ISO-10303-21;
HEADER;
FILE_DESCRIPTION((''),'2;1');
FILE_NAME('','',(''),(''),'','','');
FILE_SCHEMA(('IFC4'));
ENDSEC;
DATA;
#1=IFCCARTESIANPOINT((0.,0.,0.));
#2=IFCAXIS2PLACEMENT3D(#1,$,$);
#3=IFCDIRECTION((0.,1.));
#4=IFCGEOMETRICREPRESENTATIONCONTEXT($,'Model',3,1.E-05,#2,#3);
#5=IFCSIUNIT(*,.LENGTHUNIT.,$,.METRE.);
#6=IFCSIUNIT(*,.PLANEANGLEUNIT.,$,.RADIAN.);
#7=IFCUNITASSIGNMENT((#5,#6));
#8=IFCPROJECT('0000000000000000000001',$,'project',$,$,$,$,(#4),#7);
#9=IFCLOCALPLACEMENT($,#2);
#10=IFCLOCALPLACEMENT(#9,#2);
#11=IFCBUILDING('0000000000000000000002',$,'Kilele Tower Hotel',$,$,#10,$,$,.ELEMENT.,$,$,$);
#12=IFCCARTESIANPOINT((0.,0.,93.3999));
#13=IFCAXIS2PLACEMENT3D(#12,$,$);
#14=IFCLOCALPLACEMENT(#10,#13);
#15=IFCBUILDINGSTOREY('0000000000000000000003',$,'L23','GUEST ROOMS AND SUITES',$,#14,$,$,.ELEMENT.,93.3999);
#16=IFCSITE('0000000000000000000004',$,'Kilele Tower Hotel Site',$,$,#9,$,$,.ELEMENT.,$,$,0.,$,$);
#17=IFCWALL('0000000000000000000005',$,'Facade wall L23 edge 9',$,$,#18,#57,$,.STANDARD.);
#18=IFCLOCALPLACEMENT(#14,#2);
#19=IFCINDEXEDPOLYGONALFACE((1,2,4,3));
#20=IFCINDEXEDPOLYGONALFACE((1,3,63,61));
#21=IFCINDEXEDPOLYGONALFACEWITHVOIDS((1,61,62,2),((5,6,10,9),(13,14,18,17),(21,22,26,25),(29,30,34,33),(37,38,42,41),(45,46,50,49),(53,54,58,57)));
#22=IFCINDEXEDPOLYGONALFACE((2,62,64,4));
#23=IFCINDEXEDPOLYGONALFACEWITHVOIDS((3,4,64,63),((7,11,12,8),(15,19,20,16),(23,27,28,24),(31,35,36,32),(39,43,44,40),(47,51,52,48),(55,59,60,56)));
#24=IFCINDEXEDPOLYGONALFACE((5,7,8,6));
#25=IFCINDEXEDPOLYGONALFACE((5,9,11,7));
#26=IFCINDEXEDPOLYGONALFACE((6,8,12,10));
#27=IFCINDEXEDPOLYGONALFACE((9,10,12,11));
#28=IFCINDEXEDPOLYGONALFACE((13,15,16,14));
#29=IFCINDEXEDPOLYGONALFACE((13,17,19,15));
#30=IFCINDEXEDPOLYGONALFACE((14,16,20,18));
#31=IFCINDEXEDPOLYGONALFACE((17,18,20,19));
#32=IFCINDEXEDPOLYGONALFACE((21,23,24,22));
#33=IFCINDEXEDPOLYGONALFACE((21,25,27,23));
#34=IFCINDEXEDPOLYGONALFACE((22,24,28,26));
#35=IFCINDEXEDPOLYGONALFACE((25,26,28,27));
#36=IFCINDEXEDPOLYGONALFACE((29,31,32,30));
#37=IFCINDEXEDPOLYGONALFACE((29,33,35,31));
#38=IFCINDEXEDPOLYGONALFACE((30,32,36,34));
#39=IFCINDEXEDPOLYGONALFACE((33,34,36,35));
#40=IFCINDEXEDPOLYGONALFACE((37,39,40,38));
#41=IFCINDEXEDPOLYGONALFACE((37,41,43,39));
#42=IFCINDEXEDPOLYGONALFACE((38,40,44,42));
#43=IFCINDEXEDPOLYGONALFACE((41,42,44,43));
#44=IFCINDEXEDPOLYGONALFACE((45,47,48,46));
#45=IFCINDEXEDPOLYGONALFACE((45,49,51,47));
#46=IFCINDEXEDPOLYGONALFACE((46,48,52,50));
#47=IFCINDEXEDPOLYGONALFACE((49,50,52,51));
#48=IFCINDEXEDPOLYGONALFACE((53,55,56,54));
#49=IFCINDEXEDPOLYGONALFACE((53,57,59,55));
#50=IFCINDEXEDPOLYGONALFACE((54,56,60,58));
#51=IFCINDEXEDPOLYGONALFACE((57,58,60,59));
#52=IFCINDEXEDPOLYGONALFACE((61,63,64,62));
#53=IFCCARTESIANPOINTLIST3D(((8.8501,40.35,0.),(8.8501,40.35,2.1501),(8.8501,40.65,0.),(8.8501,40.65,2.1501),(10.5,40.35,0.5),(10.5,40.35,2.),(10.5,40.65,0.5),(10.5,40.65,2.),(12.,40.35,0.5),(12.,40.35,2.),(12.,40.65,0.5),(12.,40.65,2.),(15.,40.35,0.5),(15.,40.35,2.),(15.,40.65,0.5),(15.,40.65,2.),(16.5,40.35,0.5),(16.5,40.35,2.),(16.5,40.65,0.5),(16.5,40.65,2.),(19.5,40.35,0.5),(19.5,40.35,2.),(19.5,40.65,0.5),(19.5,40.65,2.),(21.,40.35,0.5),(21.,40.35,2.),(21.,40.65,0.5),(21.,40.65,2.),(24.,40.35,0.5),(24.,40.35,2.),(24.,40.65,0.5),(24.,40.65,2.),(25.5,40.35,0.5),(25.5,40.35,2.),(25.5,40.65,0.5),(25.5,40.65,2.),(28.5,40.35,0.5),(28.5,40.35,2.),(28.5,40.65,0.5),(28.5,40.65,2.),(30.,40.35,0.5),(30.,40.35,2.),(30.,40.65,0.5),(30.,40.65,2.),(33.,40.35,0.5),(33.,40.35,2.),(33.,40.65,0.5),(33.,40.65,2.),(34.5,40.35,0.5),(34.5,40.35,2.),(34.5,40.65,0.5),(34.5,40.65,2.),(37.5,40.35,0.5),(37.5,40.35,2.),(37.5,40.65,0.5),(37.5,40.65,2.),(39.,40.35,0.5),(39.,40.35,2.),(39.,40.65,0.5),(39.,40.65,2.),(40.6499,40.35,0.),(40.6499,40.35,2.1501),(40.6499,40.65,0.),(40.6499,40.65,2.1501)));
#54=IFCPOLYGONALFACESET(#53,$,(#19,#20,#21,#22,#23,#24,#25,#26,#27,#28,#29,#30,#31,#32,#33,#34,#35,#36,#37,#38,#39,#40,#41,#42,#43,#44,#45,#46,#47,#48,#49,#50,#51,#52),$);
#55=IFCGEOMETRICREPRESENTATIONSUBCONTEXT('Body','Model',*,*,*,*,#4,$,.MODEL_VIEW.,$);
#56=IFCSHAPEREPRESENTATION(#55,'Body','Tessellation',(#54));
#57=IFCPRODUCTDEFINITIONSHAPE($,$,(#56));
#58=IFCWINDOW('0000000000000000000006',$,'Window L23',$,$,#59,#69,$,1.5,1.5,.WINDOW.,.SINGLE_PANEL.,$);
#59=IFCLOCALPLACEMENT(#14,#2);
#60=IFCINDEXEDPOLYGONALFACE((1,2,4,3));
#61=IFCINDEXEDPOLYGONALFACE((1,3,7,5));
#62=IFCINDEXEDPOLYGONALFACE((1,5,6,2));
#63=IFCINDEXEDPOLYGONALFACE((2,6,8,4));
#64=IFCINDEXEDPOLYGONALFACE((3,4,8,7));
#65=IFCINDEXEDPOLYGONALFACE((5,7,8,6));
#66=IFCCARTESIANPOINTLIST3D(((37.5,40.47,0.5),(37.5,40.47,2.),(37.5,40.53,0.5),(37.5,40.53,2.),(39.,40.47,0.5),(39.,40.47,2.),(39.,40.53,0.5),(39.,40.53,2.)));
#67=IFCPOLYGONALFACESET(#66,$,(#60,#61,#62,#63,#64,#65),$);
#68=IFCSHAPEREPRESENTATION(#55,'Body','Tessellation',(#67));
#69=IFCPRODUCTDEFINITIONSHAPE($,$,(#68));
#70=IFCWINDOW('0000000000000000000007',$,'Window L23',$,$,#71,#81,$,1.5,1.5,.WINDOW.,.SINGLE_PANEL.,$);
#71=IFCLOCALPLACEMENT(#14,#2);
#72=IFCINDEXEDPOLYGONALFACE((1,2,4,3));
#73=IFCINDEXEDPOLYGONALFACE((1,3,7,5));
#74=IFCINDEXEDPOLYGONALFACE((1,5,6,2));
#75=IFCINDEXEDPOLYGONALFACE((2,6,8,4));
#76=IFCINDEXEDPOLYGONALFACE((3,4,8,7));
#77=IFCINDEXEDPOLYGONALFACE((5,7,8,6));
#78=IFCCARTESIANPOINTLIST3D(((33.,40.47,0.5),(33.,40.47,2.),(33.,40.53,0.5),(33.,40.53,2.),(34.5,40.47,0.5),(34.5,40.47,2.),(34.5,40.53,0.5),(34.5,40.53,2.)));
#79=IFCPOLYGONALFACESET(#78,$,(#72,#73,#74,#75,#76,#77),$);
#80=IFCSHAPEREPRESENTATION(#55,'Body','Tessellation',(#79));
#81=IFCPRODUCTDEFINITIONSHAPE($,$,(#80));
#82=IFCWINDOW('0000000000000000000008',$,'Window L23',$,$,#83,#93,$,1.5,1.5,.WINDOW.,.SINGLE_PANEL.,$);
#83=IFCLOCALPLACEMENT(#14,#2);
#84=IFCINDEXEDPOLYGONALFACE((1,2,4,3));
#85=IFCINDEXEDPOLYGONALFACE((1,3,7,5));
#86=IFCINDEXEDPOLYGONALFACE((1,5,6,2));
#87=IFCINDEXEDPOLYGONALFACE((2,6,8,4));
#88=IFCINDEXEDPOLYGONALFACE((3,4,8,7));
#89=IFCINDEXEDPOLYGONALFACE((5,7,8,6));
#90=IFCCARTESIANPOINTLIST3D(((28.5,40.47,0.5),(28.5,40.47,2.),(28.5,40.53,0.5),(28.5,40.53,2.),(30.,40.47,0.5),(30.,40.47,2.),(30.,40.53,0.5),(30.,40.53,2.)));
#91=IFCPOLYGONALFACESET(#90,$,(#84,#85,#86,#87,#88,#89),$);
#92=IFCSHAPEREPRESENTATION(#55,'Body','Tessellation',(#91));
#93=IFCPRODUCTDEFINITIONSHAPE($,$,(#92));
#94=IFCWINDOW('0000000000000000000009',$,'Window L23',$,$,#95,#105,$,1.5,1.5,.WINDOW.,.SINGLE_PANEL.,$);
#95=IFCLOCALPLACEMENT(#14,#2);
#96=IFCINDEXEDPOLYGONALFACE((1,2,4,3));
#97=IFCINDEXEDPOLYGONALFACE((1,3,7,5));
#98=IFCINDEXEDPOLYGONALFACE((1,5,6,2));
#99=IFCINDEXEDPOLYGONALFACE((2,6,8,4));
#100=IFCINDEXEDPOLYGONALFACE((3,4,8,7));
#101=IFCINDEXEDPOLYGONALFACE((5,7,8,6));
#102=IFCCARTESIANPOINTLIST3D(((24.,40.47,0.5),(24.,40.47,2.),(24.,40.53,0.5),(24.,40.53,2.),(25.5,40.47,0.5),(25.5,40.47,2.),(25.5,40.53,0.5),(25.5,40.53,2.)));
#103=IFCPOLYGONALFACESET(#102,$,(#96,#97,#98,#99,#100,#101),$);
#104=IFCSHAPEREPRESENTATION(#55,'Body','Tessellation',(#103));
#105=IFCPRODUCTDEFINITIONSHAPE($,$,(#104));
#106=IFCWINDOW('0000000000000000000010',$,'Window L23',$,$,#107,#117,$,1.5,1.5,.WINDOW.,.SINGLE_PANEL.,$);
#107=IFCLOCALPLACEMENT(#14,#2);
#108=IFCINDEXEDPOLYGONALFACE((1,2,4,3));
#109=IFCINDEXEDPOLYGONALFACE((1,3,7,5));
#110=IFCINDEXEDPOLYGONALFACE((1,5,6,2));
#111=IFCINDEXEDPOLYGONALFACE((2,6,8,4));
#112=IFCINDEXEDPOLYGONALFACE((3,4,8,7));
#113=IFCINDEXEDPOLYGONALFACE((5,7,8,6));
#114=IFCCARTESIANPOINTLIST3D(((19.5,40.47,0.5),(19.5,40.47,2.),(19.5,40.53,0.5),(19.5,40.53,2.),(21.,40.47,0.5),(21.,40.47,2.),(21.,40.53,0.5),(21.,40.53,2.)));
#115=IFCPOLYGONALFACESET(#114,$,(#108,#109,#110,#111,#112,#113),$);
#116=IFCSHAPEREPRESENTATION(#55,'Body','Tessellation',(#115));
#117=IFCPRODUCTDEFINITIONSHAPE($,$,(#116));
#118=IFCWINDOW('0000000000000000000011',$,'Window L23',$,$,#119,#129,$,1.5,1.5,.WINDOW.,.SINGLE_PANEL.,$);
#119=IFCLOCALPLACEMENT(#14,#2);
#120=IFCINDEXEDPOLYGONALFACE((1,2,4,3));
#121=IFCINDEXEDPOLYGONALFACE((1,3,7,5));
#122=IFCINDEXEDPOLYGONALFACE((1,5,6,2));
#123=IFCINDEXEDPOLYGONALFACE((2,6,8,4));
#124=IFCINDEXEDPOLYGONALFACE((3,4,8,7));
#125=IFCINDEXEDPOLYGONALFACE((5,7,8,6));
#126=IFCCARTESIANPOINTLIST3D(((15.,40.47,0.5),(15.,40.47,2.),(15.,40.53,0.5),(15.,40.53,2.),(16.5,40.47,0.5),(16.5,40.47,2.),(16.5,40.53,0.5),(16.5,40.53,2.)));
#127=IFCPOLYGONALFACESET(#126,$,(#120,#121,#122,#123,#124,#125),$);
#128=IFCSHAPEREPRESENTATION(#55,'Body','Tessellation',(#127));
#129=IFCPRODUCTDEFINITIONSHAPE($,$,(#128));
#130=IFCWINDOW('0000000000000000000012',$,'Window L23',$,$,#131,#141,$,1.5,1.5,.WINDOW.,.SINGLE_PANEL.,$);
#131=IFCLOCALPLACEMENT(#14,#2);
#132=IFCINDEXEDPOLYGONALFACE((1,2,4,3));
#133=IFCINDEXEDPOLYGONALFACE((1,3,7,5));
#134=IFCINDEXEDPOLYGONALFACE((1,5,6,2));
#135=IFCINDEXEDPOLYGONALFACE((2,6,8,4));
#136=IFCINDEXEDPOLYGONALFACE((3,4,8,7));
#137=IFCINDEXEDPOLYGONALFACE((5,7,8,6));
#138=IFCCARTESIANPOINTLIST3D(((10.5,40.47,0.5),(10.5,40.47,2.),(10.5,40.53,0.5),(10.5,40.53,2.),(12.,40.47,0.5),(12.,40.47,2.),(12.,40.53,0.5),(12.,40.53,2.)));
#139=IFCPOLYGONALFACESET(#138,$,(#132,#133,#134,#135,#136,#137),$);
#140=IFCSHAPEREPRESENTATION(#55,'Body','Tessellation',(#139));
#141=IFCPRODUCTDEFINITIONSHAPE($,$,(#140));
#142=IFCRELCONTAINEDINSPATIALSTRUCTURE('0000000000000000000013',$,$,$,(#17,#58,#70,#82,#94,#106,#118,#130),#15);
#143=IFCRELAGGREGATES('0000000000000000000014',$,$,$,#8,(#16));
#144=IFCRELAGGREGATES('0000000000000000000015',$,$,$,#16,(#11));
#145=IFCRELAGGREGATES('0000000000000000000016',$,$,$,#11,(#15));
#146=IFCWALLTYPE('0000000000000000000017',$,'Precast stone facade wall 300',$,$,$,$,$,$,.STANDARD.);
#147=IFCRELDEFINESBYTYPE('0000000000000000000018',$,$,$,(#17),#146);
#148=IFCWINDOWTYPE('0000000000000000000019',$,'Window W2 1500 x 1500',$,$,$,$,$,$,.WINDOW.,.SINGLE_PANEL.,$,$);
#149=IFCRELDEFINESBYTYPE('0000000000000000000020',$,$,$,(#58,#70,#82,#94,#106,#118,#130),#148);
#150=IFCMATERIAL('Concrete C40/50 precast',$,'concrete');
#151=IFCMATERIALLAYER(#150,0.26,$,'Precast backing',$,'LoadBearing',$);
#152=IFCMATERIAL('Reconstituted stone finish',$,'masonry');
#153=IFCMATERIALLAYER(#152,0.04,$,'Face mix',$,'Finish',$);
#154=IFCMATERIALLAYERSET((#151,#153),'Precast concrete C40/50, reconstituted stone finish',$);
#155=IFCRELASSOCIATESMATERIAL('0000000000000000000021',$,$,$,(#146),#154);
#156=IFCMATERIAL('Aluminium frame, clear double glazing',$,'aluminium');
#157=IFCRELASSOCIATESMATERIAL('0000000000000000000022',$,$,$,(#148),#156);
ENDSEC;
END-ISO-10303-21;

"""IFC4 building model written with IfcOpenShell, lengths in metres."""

from ifc_helpers import new_model, si_unit, direction, frame, frame_2d, origin, place, context, subcontext, project, spatial, rectangle, extrude, material, layer, layer_set, type_object, element, fill, save


model = new_model("IFC4")

# Units and contexts
model_context = context("Model", 3, precision=1e-05, world=origin(), true_north=direction((0.0, 1.0)))
body_context = subcontext(model_context, "Body", "Model", "MODEL_VIEW")
ifc_project = project(units=[si_unit("LENGTHUNIT", "METRE"), si_unit("PLANEANGLEUNIT", "RADIAN")], contexts=[model_context])

# Site, building, storey
site_placement = place(None, origin())
site = spatial("IfcSite", under=ifc_project, at=site_placement, Name="Kilele Tower Hotel Site", CompositionType="ELEMENT", RefElevation=0.0)
building_placement = place(site_placement, origin())
building = spatial("IfcBuilding", under=site, at=building_placement, Name="Kilele Tower Hotel", CompositionType="ELEMENT")
storey_placement = place(building_placement, frame((0.0, 0.0, 93.3999)))
storey = spatial("IfcBuildingStorey", under=building, at=storey_placement, Name="L23", Description="GUEST ROOMS AND SUITES", CompositionType="ELEMENT", Elevation=93.3999)

# Shared definitions
ifc_material_1 = material(Name="Concrete C40/50 precast", Category="concrete")
ifc_layer_1 = layer(ifc_material_1, 0.26, Name="Precast backing", Category="LoadBearing")
ifc_material_2 = material(Name="Reconstituted stone finish", Category="masonry")
ifc_layer_2 = layer(ifc_material_2, 0.04, Name="Face mix", Category="Finish")
ifc_layer_set_1 = layer_set([ifc_layer_1, ifc_layer_2], Name="Precast concrete C40/50, reconstituted stone finish")
wall_type_1 = type_object("IfcWallType", Name="Precast stone facade wall 300", PredefinedType="STANDARD", material=ifc_layer_set_1)
ifc_material_3 = material(Name="Aluminium frame, clear double glazing", Category="aluminium")
window_type_1 = type_object("IfcWindowType", Name="Window W2 1500 x 1500", PartitioningType="SINGLE_PANEL", PredefinedType="WINDOW", material=ifc_material_3)

# Wall, openings, windows
wall_1_placement = place(storey_placement, frame((40.6499, 40.5, 0.0), z_axis=(0.0, 0.0, 1.0), x_axis=(-1.0, 0.0, 0.0)))
wall_1 = element("IfcWall", 1, at=wall_1_placement, inside=storey, type_object=wall_type_1, Name="Facade wall L23 edge 9", PredefinedType="STANDARD", context=body_context, shape_type="SweptSolid", body=[
    extrude(rectangle(XDim=31.7998, YDim=0.3, at=frame_2d((15.8999, 0.0))), origin(), (0.0, 0.0, 1.0), 2.1501),
])
opening_1_placement = place(wall_1_placement, frame((1.6499, 0.0, 0.5)))
opening_1 = element("IfcOpeningElement", 2, at=opening_1_placement, cuts=wall_1, PredefinedType="OPENING", context=body_context, shape_type="SweptSolid", body=[
    extrude(rectangle(XDim=1.5, YDim=1.5, at=frame_2d((0.75, 0.75))), frame((0.0, 0.1599, 0.0), z_axis=(0.0, -1.0, 0.0), x_axis=(1.0, 0.0, 0.0)), (0.0, 0.0, 1.0), 0.3201),
])
opening_2_placement = place(wall_1_placement, frame((6.1499, 0.0, 0.5)))
opening_2 = element("IfcOpeningElement", 3, at=opening_2_placement, cuts=wall_1, PredefinedType="OPENING", context=body_context, shape_type="SweptSolid", body=[
    extrude(rectangle(XDim=1.5, YDim=1.5, at=frame_2d((0.75, 0.75))), frame((0.0, 0.1599, 0.0), z_axis=(0.0, -1.0, 0.0), x_axis=(1.0, 0.0, 0.0)), (0.0, 0.0, 1.0), 0.3201),
])
opening_3_placement = place(wall_1_placement, frame((10.6499, 0.0, 0.5)))
opening_3 = element("IfcOpeningElement", 4, at=opening_3_placement, cuts=wall_1, PredefinedType="OPENING", context=body_context, shape_type="SweptSolid", body=[
    extrude(rectangle(XDim=1.5, YDim=1.5, at=frame_2d((0.75, 0.75))), frame((0.0, 0.1599, 0.0), z_axis=(0.0, -1.0, 0.0), x_axis=(1.0, 0.0, 0.0)), (0.0, 0.0, 1.0), 0.3201),
])
opening_4_placement = place(wall_1_placement, frame((15.1499, 0.0, 0.5)))
opening_4 = element("IfcOpeningElement", 5, at=opening_4_placement, cuts=wall_1, PredefinedType="OPENING", context=body_context, shape_type="SweptSolid", body=[
    extrude(rectangle(XDim=1.5, YDim=1.5, at=frame_2d((0.75, 0.75))), frame((0.0, 0.1599, 0.0), z_axis=(0.0, -1.0, 0.0), x_axis=(1.0, 0.0, 0.0)), (0.0, 0.0, 1.0), 0.3201),
])
opening_5_placement = place(wall_1_placement, frame((19.6499, 0.0, 0.5)))
opening_5 = element("IfcOpeningElement", 6, at=opening_5_placement, cuts=wall_1, PredefinedType="OPENING", context=body_context, shape_type="SweptSolid", body=[
    extrude(rectangle(XDim=1.5, YDim=1.5, at=frame_2d((0.75, 0.75))), frame((0.0, 0.1599, 0.0), z_axis=(0.0, -1.0, 0.0), x_axis=(1.0, 0.0, 0.0)), (0.0, 0.0, 1.0), 0.3201),
])
opening_6_placement = place(wall_1_placement, frame((24.1499, 0.0, 0.5)))
opening_6 = element("IfcOpeningElement", 7, at=opening_6_placement, cuts=wall_1, PredefinedType="OPENING", context=body_context, shape_type="SweptSolid", body=[
    extrude(rectangle(XDim=1.5, YDim=1.5, at=frame_2d((0.75, 0.75))), frame((0.0, 0.1599, 0.0), z_axis=(0.0, -1.0, 0.0), x_axis=(1.0, 0.0, 0.0)), (0.0, 0.0, 1.0), 0.3201),
])
opening_7_placement = place(wall_1_placement, frame((28.6499, 0.0, 0.5)))
opening_7 = element("IfcOpeningElement", 8, at=opening_7_placement, cuts=wall_1, PredefinedType="OPENING", context=body_context, shape_type="SweptSolid", body=[
    extrude(rectangle(XDim=1.5, YDim=1.5, at=frame_2d((0.75, 0.75))), frame((0.0, 0.1599, 0.0), z_axis=(0.0, -1.0, 0.0), x_axis=(1.0, 0.0, 0.0)), (0.0, 0.0, 1.0), 0.3201),
])
window_1_placement = place(opening_1_placement, origin())
window_1 = element("IfcWindow", 9, at=window_1_placement, inside=storey, type_object=window_type_1, Name="Window L23", OverallHeight=1.5, OverallWidth=1.5, PartitioningType="SINGLE_PANEL", PredefinedType="WINDOW", context=body_context, shape_type="SweptSolid", body=[
    extrude(rectangle(XDim=1.5, YDim=1.5, at=frame_2d((0.75, 0.75))), frame((0.0, 0.03, 0.0), z_axis=(0.0, -1.0, 0.0), x_axis=(1.0, 0.0, 0.0)), (0.0, 0.0, 1.0), 0.0601),
])
fill(opening_1, window_1)
window_2_placement = place(opening_2_placement, origin())
window_2 = element("IfcWindow", 10, at=window_2_placement, inside=storey, type_object=window_type_1, Name="Window L23", OverallHeight=1.5, OverallWidth=1.5, PartitioningType="SINGLE_PANEL", PredefinedType="WINDOW", context=body_context, shape_type="SweptSolid", body=[
    extrude(rectangle(XDim=1.5, YDim=1.5, at=frame_2d((0.75, 0.75))), frame((0.0, 0.03, 0.0), z_axis=(0.0, -1.0, 0.0), x_axis=(1.0, 0.0, 0.0)), (0.0, 0.0, 1.0), 0.0601),
])
fill(opening_2, window_2)
window_3_placement = place(opening_3_placement, origin())
window_3 = element("IfcWindow", 11, at=window_3_placement, inside=storey, type_object=window_type_1, Name="Window L23", OverallHeight=1.5, OverallWidth=1.5, PartitioningType="SINGLE_PANEL", PredefinedType="WINDOW", context=body_context, shape_type="SweptSolid", body=[
    extrude(rectangle(XDim=1.5, YDim=1.5, at=frame_2d((0.75, 0.75))), frame((0.0, 0.03, 0.0), z_axis=(0.0, -1.0, 0.0), x_axis=(1.0, 0.0, 0.0)), (0.0, 0.0, 1.0), 0.0601),
])
fill(opening_3, window_3)
window_4_placement = place(opening_4_placement, origin())
window_4 = element("IfcWindow", 12, at=window_4_placement, inside=storey, type_object=window_type_1, Name="Window L23", OverallHeight=1.5, OverallWidth=1.5, PartitioningType="SINGLE_PANEL", PredefinedType="WINDOW", context=body_context, shape_type="SweptSolid", body=[
    extrude(rectangle(XDim=1.5, YDim=1.5, at=frame_2d((0.75, 0.75))), frame((0.0, 0.03, 0.0), z_axis=(0.0, -1.0, 0.0), x_axis=(1.0, 0.0, 0.0)), (0.0, 0.0, 1.0), 0.0601),
])
fill(opening_4, window_4)
window_5_placement = place(opening_5_placement, origin())
window_5 = element("IfcWindow", 13, at=window_5_placement, inside=storey, type_object=window_type_1, Name="Window L23", OverallHeight=1.5, OverallWidth=1.5, PartitioningType="SINGLE_PANEL", PredefinedType="WINDOW", context=body_context, shape_type="SweptSolid", body=[
    extrude(rectangle(XDim=1.5, YDim=1.5, at=frame_2d((0.75, 0.75))), frame((0.0, 0.03, 0.0), z_axis=(0.0, -1.0, 0.0), x_axis=(1.0, 0.0, 0.0)), (0.0, 0.0, 1.0), 0.0601),
])
fill(opening_5, window_5)
window_6_placement = place(opening_6_placement, origin())
window_6 = element("IfcWindow", 14, at=window_6_placement, inside=storey, type_object=window_type_1, Name="Window L23", OverallHeight=1.5, OverallWidth=1.5, PartitioningType="SINGLE_PANEL", PredefinedType="WINDOW", context=body_context, shape_type="SweptSolid", body=[
    extrude(rectangle(XDim=1.5, YDim=1.5, at=frame_2d((0.75, 0.75))), frame((0.0, 0.03, 0.0), z_axis=(0.0, -1.0, 0.0), x_axis=(1.0, 0.0, 0.0)), (0.0, 0.0, 1.0), 0.0601),
])
fill(opening_6, window_6)
window_7_placement = place(opening_7_placement, origin())
window_7 = element("IfcWindow", 15, at=window_7_placement, inside=storey, type_object=window_type_1, Name="Window L23", OverallHeight=1.5, OverallWidth=1.5, PartitioningType="SINGLE_PANEL", PredefinedType="WINDOW", context=body_context, shape_type="SweptSolid", body=[
    extrude(rectangle(XDim=1.5, YDim=1.5, at=frame_2d((0.75, 0.75))), frame((0.0, 0.03, 0.0), z_axis=(0.0, -1.0, 0.0), x_axis=(1.0, 0.0, 0.0)), (0.0, 0.0, 1.0), 0.0601),
])
fill(opening_7, window_7)

save(model, "model.ifc")
